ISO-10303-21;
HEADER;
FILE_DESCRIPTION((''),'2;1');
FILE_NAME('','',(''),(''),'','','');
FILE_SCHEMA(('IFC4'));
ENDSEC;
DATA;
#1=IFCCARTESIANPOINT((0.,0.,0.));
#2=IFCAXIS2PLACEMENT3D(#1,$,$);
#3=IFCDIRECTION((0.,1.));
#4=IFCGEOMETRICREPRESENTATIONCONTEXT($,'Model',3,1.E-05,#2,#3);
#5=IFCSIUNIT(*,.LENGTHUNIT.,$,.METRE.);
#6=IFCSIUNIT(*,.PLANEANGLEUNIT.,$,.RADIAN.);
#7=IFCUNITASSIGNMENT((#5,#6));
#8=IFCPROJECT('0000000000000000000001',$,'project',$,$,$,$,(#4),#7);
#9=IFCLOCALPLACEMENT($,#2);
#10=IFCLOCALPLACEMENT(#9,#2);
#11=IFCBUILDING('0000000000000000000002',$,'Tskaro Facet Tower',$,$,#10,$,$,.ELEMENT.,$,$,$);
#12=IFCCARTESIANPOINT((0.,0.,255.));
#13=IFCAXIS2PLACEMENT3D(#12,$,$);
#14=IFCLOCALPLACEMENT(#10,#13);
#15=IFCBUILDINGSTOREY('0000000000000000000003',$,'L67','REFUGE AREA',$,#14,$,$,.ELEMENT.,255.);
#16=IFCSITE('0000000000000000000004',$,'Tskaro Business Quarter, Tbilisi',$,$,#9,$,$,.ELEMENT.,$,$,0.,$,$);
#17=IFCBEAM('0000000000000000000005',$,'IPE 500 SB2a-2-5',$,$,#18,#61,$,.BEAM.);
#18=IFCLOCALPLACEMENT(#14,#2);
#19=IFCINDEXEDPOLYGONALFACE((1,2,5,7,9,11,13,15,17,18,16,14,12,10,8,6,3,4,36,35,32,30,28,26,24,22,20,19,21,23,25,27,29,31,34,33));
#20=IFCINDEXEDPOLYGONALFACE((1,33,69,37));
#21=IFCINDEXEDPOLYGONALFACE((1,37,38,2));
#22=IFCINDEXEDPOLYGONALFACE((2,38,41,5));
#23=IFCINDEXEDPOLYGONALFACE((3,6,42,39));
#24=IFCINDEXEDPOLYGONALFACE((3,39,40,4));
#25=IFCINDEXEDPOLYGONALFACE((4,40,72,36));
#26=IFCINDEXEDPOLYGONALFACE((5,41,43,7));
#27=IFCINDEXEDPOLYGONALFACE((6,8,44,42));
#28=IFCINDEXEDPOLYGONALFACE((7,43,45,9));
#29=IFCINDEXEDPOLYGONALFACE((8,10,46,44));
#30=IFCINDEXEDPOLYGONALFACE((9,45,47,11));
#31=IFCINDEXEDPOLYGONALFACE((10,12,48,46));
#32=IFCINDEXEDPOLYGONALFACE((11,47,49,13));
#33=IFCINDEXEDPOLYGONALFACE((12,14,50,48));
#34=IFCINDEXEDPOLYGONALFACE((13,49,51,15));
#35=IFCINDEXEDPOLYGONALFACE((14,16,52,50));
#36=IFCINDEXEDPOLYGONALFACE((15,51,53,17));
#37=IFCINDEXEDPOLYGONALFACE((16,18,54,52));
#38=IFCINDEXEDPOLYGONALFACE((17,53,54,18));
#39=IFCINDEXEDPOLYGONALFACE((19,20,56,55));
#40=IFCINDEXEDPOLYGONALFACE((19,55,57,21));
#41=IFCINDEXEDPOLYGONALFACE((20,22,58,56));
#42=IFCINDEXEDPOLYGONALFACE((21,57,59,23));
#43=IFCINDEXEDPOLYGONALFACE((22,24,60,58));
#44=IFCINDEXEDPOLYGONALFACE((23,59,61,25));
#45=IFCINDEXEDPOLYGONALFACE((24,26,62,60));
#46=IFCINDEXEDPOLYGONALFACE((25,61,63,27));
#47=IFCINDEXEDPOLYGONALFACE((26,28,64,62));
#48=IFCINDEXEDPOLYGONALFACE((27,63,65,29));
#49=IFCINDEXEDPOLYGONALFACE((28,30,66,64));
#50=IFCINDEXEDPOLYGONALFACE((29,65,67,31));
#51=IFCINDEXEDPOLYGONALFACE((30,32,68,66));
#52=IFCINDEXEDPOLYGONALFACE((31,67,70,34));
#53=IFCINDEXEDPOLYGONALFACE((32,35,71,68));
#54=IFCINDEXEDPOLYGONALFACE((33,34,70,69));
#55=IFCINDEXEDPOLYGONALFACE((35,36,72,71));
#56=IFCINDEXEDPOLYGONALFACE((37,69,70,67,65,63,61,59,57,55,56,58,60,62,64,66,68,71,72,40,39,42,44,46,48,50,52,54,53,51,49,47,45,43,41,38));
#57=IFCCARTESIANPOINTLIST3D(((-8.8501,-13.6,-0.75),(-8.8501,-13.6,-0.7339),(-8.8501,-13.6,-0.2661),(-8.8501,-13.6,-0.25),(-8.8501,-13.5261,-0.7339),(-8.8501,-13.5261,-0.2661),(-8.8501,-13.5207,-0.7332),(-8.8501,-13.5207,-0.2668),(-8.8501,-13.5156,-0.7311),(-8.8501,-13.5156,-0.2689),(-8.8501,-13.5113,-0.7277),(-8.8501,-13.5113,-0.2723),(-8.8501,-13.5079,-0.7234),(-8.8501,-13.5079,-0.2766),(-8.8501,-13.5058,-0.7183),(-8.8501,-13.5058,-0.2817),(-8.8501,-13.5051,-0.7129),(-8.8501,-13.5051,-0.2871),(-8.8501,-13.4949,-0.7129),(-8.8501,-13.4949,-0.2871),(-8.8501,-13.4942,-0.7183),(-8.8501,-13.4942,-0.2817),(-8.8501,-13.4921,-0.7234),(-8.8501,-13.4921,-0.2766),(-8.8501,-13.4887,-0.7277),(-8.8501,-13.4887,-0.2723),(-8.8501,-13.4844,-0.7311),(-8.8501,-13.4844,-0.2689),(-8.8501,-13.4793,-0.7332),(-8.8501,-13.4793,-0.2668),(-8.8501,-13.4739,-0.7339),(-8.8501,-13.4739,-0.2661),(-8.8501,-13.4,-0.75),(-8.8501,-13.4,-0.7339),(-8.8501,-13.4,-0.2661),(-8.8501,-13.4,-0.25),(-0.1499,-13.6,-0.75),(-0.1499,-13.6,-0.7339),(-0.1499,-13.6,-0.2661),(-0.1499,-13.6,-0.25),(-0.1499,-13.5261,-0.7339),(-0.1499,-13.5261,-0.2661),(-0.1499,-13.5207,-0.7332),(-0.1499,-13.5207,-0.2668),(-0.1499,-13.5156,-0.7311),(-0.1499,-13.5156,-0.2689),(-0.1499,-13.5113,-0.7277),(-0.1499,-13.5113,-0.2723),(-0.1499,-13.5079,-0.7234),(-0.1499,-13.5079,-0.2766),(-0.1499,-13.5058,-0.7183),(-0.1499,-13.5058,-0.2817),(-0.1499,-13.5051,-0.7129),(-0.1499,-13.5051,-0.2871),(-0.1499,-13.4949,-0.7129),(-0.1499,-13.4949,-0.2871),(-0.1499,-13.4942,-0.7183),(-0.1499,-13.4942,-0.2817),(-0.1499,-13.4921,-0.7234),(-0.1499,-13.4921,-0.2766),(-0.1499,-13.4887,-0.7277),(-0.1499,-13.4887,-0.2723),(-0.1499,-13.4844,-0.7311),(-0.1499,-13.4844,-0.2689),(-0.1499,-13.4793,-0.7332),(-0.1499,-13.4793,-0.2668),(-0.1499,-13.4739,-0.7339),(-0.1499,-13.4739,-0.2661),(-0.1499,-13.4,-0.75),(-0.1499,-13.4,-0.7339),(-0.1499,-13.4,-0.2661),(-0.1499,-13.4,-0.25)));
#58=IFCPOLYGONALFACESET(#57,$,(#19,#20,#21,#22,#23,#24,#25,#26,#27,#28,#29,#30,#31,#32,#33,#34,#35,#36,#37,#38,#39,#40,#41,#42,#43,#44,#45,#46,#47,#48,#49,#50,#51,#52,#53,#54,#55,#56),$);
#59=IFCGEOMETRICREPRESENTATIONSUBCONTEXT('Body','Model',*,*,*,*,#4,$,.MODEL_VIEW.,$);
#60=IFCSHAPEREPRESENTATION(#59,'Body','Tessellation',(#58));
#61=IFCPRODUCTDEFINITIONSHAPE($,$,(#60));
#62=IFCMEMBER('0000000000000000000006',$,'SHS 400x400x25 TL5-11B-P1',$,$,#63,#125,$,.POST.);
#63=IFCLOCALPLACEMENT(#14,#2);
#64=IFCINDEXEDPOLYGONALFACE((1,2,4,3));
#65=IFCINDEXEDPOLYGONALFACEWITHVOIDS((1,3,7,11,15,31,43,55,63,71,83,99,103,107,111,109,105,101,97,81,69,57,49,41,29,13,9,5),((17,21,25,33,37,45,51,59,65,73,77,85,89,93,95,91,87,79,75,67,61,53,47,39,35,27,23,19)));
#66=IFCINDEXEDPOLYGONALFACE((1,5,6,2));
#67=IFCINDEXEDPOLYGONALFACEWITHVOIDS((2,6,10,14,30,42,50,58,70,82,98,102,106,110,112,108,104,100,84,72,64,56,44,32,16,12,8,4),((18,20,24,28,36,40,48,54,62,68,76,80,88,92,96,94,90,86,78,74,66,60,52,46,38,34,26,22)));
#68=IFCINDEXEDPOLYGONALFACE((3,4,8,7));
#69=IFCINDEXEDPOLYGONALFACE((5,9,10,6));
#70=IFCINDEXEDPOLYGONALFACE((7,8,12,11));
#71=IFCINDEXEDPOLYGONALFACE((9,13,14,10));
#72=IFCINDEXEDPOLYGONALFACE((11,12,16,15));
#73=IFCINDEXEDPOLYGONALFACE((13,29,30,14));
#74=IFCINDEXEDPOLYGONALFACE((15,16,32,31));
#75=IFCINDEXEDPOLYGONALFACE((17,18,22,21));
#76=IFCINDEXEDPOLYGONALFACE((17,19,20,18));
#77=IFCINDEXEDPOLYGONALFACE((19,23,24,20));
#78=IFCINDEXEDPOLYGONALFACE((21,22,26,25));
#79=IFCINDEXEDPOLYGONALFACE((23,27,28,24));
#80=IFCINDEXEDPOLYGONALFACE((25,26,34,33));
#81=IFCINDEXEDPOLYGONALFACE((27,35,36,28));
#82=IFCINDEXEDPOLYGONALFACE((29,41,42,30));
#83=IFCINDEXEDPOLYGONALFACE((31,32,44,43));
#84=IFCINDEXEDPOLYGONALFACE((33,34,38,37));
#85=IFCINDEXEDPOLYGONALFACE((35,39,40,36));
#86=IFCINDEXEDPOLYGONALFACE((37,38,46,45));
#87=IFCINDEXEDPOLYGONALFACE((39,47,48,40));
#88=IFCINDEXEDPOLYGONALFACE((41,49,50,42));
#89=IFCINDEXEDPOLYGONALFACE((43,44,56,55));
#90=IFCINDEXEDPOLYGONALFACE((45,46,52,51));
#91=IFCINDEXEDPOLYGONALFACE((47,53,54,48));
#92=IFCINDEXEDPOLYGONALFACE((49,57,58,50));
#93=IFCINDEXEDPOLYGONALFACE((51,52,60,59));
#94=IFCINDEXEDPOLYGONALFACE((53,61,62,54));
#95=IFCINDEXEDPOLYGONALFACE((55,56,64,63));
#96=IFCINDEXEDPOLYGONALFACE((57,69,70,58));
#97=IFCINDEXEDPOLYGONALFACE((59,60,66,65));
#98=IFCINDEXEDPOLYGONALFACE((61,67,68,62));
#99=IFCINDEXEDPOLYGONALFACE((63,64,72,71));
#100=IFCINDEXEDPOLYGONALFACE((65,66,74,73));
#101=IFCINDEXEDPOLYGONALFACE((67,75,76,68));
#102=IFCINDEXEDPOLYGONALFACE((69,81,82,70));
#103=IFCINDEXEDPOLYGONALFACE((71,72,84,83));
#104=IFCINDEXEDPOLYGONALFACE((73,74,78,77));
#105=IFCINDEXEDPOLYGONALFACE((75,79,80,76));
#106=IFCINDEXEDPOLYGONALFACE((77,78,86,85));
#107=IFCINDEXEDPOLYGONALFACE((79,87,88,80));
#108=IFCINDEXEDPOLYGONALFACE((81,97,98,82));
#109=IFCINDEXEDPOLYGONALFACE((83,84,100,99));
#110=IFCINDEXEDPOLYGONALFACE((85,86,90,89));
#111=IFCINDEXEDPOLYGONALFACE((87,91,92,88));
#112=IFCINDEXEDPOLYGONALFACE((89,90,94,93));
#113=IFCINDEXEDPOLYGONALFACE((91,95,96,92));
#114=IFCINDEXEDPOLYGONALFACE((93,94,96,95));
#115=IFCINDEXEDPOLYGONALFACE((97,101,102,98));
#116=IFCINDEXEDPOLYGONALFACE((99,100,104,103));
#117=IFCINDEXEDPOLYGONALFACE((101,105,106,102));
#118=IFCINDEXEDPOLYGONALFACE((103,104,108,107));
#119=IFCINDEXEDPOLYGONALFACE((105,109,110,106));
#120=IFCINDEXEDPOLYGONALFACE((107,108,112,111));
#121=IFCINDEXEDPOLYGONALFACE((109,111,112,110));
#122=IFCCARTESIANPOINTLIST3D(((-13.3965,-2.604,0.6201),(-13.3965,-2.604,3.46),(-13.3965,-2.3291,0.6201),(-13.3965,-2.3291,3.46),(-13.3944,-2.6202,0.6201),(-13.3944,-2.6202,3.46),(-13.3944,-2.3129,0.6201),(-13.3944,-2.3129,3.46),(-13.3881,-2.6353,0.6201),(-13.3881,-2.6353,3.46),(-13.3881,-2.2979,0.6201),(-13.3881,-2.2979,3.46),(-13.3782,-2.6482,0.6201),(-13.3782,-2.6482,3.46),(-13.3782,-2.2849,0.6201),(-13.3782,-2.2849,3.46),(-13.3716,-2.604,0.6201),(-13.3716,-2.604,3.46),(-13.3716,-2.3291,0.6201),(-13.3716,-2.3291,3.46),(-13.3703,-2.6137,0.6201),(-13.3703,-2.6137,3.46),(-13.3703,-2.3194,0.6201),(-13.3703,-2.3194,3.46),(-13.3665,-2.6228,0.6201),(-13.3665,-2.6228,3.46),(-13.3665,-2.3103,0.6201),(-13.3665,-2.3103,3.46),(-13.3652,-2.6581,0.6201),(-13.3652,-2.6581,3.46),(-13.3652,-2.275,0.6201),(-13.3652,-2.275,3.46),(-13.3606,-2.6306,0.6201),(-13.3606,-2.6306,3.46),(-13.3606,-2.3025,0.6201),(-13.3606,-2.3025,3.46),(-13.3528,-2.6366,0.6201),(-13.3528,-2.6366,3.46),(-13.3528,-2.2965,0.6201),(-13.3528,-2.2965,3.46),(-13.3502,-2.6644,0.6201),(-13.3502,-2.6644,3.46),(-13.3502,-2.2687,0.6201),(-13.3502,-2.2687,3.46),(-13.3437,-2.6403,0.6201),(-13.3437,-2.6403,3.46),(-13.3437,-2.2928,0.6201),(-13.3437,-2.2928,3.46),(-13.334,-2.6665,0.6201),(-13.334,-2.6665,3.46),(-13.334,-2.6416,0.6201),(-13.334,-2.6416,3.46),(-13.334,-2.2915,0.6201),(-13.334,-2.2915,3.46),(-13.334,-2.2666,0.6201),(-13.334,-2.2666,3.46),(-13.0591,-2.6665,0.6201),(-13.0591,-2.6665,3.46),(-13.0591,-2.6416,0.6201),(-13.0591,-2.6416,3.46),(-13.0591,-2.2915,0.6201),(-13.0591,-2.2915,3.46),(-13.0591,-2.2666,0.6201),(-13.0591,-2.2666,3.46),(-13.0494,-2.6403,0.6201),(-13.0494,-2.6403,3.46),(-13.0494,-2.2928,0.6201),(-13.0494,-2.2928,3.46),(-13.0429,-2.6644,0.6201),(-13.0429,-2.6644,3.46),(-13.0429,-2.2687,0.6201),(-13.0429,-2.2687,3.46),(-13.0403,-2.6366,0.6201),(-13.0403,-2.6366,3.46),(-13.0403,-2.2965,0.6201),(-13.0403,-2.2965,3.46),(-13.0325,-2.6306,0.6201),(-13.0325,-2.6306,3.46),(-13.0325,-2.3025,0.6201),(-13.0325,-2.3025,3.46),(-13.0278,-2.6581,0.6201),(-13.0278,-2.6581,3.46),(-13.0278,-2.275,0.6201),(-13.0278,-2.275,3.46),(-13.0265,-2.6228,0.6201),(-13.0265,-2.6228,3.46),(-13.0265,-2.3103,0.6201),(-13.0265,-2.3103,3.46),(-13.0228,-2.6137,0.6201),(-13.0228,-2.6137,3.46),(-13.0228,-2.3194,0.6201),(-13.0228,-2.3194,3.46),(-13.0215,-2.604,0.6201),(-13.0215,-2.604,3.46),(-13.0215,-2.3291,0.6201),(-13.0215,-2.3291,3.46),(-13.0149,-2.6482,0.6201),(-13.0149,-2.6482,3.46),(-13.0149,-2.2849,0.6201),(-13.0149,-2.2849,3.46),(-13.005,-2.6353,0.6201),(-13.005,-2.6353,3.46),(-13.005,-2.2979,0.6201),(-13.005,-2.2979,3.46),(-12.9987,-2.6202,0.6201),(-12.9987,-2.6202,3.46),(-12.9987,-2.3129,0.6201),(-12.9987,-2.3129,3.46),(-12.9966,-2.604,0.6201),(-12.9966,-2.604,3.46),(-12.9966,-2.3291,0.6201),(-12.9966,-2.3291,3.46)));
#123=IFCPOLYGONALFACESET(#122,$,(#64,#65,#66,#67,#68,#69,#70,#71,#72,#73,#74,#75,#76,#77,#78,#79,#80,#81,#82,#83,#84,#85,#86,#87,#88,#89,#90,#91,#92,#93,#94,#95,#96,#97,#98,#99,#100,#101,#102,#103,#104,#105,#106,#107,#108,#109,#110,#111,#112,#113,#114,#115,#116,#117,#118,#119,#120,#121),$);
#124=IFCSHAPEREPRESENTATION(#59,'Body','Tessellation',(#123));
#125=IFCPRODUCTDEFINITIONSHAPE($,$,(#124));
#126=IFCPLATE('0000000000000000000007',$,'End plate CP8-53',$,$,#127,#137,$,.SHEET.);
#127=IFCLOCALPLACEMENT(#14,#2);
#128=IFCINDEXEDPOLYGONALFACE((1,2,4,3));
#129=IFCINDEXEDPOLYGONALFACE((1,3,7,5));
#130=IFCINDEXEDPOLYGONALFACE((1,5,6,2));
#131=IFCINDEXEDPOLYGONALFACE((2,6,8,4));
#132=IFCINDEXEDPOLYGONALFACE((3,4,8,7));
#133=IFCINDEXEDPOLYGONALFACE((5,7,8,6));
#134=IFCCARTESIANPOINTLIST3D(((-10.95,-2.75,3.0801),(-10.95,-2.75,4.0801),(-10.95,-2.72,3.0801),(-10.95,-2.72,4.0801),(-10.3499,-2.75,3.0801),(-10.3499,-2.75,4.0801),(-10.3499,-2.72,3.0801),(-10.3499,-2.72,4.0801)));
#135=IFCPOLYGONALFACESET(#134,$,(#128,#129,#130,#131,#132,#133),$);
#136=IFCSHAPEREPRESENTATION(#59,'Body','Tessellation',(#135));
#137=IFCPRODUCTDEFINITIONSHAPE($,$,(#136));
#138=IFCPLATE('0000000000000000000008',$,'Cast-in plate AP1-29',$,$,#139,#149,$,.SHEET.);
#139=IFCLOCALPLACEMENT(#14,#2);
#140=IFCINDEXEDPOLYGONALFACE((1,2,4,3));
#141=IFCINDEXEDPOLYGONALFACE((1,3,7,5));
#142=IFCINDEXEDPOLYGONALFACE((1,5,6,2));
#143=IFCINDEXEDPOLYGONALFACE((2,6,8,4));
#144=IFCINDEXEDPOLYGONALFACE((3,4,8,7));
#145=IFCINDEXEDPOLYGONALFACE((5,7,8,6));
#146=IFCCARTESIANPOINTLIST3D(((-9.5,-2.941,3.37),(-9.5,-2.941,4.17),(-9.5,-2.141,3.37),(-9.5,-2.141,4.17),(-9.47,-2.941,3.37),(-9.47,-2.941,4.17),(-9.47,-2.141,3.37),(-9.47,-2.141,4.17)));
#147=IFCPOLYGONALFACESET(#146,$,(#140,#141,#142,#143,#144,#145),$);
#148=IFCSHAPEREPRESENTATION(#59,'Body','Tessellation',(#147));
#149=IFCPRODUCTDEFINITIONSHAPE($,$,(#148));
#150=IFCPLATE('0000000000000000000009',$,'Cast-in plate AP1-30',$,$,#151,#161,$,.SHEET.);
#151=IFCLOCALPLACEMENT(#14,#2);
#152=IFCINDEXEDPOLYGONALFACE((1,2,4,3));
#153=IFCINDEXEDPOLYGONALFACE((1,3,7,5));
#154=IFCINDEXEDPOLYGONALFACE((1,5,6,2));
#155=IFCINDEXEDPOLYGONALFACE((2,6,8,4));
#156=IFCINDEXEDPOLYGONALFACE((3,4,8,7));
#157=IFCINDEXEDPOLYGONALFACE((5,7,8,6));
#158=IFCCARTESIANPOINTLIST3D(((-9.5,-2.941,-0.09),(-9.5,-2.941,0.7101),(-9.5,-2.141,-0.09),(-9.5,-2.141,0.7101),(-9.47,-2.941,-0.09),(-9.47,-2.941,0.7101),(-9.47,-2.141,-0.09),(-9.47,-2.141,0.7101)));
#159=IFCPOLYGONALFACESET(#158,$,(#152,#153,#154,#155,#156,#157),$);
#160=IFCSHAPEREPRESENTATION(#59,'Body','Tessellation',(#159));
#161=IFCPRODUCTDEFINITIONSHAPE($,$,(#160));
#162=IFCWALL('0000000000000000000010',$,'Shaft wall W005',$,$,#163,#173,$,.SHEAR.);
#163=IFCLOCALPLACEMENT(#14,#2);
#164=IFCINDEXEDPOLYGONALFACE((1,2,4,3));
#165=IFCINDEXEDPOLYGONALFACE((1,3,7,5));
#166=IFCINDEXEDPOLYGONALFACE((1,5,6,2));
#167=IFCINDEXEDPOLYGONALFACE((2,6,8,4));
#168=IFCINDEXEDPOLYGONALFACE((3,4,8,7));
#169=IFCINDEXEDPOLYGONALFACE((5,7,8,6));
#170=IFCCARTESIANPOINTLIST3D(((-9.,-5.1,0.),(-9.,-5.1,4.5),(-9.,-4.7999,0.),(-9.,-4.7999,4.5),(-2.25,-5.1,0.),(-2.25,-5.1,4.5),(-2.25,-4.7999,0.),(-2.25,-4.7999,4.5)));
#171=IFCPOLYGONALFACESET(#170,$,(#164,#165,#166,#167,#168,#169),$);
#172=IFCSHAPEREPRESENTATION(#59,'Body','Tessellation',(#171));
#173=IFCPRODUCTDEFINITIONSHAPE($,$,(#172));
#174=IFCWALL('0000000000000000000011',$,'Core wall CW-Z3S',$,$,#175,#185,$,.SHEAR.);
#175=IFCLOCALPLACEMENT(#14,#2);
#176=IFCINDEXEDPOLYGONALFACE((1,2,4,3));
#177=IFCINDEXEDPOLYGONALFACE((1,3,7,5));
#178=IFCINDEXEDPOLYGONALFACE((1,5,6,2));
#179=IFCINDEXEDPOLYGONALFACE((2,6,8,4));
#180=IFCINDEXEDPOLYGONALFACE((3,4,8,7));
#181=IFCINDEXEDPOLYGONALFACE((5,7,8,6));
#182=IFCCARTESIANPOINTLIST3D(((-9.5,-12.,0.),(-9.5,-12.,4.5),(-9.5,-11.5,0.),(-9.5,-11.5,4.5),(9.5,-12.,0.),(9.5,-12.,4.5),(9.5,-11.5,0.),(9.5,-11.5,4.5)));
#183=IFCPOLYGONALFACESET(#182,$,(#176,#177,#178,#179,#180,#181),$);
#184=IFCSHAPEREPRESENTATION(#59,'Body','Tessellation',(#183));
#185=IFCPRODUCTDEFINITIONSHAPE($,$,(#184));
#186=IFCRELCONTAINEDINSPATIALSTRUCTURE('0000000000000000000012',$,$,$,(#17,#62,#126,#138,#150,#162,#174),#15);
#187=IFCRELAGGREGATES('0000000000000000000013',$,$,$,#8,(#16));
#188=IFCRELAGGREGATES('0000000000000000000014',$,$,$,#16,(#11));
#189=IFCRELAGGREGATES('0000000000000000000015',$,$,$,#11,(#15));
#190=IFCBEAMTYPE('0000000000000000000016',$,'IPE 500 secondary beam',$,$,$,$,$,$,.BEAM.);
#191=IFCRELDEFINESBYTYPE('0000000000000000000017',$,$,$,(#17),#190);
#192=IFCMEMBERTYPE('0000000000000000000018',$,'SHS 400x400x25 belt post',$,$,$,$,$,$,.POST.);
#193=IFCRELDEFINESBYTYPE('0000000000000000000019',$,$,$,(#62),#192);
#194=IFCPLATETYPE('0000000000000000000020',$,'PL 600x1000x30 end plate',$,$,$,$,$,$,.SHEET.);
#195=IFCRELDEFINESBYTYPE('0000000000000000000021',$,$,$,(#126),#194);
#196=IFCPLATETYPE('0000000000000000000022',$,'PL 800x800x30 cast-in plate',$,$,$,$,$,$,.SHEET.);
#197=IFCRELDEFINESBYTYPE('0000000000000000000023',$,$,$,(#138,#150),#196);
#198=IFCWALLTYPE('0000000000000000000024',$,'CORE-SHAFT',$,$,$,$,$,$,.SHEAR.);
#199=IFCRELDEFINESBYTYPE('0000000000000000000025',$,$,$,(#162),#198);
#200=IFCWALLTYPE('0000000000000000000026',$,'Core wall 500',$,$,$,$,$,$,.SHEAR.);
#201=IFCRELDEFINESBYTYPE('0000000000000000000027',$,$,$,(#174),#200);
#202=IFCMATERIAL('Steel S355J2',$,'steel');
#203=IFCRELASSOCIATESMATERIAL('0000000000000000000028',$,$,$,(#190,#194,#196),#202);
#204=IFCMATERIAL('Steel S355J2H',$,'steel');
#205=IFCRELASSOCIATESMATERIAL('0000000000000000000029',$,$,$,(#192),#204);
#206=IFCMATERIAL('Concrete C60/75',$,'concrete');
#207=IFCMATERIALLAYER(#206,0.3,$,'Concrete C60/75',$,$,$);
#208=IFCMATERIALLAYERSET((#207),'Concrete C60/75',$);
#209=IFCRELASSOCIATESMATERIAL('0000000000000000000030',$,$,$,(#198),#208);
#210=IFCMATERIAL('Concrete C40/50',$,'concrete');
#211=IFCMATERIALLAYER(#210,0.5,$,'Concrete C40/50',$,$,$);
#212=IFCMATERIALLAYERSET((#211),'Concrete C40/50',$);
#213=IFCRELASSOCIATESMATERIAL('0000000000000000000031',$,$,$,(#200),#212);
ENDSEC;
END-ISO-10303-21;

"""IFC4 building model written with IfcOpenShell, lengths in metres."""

from ifc_helpers import new_model, si_unit, direction, frame, frame_2d, origin, origin_2d, place, context, subcontext, project, spatial, rectangle, hollow_rectangle, i_section, extrude, material, layer, layer_set, material_profile, profile_set, type_object, element, save


model = new_model("IFC4")

# Units and contexts
model_context = context("Model", 3, precision=1e-05, world=origin(), true_north=direction((0.0, 1.0)))
body_context = subcontext(model_context, "Body", "Model", "MODEL_VIEW")
ifc_project = project(units=[si_unit("LENGTHUNIT", "METRE"), si_unit("PLANEANGLEUNIT", "RADIAN")], contexts=[model_context])

# Site, building, storey
site_placement = place(None, origin())
site = spatial("IfcSite", under=ifc_project, at=site_placement, Name="Tskaro Business Quarter, Tbilisi", CompositionType="ELEMENT", RefElevation=0.0)
building_placement = place(site_placement, origin())
building = spatial("IfcBuilding", under=site, at=building_placement, Name="Tskaro Facet Tower", CompositionType="ELEMENT")
storey_placement = place(building_placement, frame((0.0, 0.0, 255.0)))
storey = spatial("IfcBuildingStorey", under=building, at=storey_placement, Name="L67", Description="REFUGE AREA", CompositionType="ELEMENT", Elevation=255.0)

# Shared definitions
ifc_material_1 = material(Name="Steel S355J2", Category="steel")

# Shared definitions
ifc_material_2 = material(Name="Steel S355J2H", Category="steel")

# Beam
ifc_material_profile_1 = material_profile(ifc_material_1, i_section(OverallWidth=0.2, OverallDepth=0.5, WebThickness=0.0103, FlangeThickness=0.0161, FilletRadius=0.021, at=origin_2d()), Name="IPE 500")
ifc_profile_set_1 = profile_set([ifc_material_profile_1], Name="Steel S355J2")
beam_type_1 = type_object("IfcBeamType", Name="IPE 500 secondary beam", PredefinedType="BEAM", material=ifc_profile_set_1)
beam_1_placement = place(storey_placement, frame((-8.8501, -13.5, -0.5), z_axis=(1.0, 0.0, 0.0), x_axis=(0.0, 1.0, 0.0)))
element("IfcBeam", 1, at=beam_1_placement, inside=storey, type_object=beam_type_1, Name="IPE 500 SB2a-2-5", PredefinedType="BEAM", context=body_context, shape_type="SweptSolid", body=[
    extrude(i_section(OverallWidth=0.2, OverallDepth=0.5, WebThickness=0.0103, FlangeThickness=0.0161, FilletRadius=0.021, at=origin_2d()), origin(), (0.0, 0.0, 1.0), 8.7002),
])

# Member
ifc_material_profile_2 = material_profile(ifc_material_2, hollow_rectangle(XDim=0.3999, YDim=0.3999, WallThickness=0.0249, InnerFilletRadius=0.0376, OuterFilletRadius=0.0625, at=origin_2d()), Name="SHS 400x400x25")
ifc_profile_set_2 = profile_set([ifc_material_profile_2], Name="Steel S355J2H")
member_type_1 = type_object("IfcMemberType", Name="SHS 400x400x25 belt post", PredefinedType="POST", material=ifc_profile_set_2)
member_1_placement = place(storey_placement, frame((-13.1965, -2.4666, 0.6201), z_axis=(0.0, 0.0, 1.0), x_axis=(1.0, 0.0, 0.0)))
element("IfcMember", 2, at=member_1_placement, inside=storey, type_object=member_type_1, Name="SHS 400x400x25 TL5-11B-P1", PredefinedType="POST", context=body_context, shape_type="SweptSolid", body=[
    extrude(hollow_rectangle(XDim=0.3999, YDim=0.3999, WallThickness=0.0249, InnerFilletRadius=0.0376, OuterFilletRadius=0.0625, at=origin_2d()), origin(), (0.0, 0.0, 1.0), 2.8398),
])

# Plates
ifc_material_profile_3 = material_profile(ifc_material_1, rectangle(XDim=0.6001, YDim=1.0, at=origin_2d()), Name="PL 600x1000x30 end plate")
ifc_profile_set_3 = profile_set([ifc_material_profile_3], Name="Steel S355J2")
plate_type_1 = type_object("IfcPlateType", Name="PL 600x1000x30 end plate", PredefinedType="SHEET", material=ifc_profile_set_3)
plate_placement = place(storey_placement, frame((-10.6499, -2.75, 3.5801), z_axis=(0.0, 1.0, 0.0), x_axis=(-1.0, 0.0, 0.0)))
element("IfcPlate", 3, at=plate_placement, inside=storey, type_object=plate_type_1, Name="End plate CP8-53", PredefinedType="SHEET", context=body_context, shape_type="SweptSolid", body=[
    extrude(rectangle(XDim=0.6001, YDim=1.0, at=origin_2d()), origin(), (0.0, 0.0, 1.0), 0.03),
])
ifc_material_profile_4 = material_profile(ifc_material_1, rectangle(XDim=0.8, YDim=0.8, at=origin_2d()), Name="PL 800x800x30 cast-in plate")
ifc_profile_set_4 = profile_set([ifc_material_profile_4], Name="Steel S355J2")
plate_type_2 = type_object("IfcPlateType", Name="PL 800x800x30 cast-in plate", PredefinedType="SHEET", material=ifc_profile_set_4)
for number, where, z_axis, x_axis, name in (
    (4, (-9.47, -2.541, 3.77), (-1.0, 0.0, 0.0), (0.0, -1.0, 0.0), "Cast-in plate AP1-29"),
    (5, (-9.47, -2.541, 0.3101), (-1.0, 0.0, 0.0), (0.0, -1.0, 0.0), "Cast-in plate AP1-30"),
):
    element("IfcPlate", number, at=place(storey_placement, frame(where, z_axis=z_axis, x_axis=x_axis)), inside=storey, type_object=plate_type_2, Name=name, PredefinedType="SHEET", context=body_context, shape_type="SweptSolid", body=[
        extrude(rectangle(XDim=0.8, YDim=0.8, at=origin_2d()), origin(), (0.0, 0.0, 1.0), 0.03),
    ])

# Walls
ifc_material_3 = material(Name="Concrete C60/75", Category="concrete")
ifc_layer_1 = layer(ifc_material_3, 0.3, Name="Concrete C60/75")
ifc_layer_set_1 = layer_set([ifc_layer_1], Name="Concrete C60/75")
wall_type_1 = type_object("IfcWallType", Name="CORE-SHAFT", PredefinedType="SHEAR", material=ifc_layer_set_1)
wall_1_placement = place(storey_placement, frame((-9.0, -4.95, 0.0), z_axis=(0.0, 0.0, 1.0), x_axis=(1.0, 0.0, 0.0)))
element("IfcWall", 6, at=wall_1_placement, inside=storey, type_object=wall_type_1, Name="Shaft wall W005", PredefinedType="SHEAR", context=body_context, shape_type="SweptSolid", body=[
    extrude(rectangle(XDim=6.75, YDim=0.3, at=frame_2d((3.375, 0.0))), origin(), (0.0, 0.0, 1.0), 4.5),
])
ifc_material_4 = material(Name="Concrete C40/50", Category="concrete")
ifc_layer_2 = layer(ifc_material_4, 0.5, Name="Concrete C40/50")
ifc_layer_set_2 = layer_set([ifc_layer_2], Name="Concrete C40/50")
wall_type_2 = type_object("IfcWallType", Name="Core wall 500", PredefinedType="SHEAR", material=ifc_layer_set_2)
wall_2_placement = place(storey_placement, frame((-9.5, -11.75, 0.0), z_axis=(0.0, 0.0, 1.0), x_axis=(1.0, 0.0, 0.0)))
element("IfcWall", 7, at=wall_2_placement, inside=storey, type_object=wall_type_2, Name="Core wall CW-Z3S", PredefinedType="SHEAR", context=body_context, shape_type="SweptSolid", body=[
    extrude(rectangle(XDim=19.0, YDim=0.5, at=frame_2d((9.5, 0.0))), origin(), (0.0, 0.0, 1.0), 4.5),
])

save(model, "model.ifc")
